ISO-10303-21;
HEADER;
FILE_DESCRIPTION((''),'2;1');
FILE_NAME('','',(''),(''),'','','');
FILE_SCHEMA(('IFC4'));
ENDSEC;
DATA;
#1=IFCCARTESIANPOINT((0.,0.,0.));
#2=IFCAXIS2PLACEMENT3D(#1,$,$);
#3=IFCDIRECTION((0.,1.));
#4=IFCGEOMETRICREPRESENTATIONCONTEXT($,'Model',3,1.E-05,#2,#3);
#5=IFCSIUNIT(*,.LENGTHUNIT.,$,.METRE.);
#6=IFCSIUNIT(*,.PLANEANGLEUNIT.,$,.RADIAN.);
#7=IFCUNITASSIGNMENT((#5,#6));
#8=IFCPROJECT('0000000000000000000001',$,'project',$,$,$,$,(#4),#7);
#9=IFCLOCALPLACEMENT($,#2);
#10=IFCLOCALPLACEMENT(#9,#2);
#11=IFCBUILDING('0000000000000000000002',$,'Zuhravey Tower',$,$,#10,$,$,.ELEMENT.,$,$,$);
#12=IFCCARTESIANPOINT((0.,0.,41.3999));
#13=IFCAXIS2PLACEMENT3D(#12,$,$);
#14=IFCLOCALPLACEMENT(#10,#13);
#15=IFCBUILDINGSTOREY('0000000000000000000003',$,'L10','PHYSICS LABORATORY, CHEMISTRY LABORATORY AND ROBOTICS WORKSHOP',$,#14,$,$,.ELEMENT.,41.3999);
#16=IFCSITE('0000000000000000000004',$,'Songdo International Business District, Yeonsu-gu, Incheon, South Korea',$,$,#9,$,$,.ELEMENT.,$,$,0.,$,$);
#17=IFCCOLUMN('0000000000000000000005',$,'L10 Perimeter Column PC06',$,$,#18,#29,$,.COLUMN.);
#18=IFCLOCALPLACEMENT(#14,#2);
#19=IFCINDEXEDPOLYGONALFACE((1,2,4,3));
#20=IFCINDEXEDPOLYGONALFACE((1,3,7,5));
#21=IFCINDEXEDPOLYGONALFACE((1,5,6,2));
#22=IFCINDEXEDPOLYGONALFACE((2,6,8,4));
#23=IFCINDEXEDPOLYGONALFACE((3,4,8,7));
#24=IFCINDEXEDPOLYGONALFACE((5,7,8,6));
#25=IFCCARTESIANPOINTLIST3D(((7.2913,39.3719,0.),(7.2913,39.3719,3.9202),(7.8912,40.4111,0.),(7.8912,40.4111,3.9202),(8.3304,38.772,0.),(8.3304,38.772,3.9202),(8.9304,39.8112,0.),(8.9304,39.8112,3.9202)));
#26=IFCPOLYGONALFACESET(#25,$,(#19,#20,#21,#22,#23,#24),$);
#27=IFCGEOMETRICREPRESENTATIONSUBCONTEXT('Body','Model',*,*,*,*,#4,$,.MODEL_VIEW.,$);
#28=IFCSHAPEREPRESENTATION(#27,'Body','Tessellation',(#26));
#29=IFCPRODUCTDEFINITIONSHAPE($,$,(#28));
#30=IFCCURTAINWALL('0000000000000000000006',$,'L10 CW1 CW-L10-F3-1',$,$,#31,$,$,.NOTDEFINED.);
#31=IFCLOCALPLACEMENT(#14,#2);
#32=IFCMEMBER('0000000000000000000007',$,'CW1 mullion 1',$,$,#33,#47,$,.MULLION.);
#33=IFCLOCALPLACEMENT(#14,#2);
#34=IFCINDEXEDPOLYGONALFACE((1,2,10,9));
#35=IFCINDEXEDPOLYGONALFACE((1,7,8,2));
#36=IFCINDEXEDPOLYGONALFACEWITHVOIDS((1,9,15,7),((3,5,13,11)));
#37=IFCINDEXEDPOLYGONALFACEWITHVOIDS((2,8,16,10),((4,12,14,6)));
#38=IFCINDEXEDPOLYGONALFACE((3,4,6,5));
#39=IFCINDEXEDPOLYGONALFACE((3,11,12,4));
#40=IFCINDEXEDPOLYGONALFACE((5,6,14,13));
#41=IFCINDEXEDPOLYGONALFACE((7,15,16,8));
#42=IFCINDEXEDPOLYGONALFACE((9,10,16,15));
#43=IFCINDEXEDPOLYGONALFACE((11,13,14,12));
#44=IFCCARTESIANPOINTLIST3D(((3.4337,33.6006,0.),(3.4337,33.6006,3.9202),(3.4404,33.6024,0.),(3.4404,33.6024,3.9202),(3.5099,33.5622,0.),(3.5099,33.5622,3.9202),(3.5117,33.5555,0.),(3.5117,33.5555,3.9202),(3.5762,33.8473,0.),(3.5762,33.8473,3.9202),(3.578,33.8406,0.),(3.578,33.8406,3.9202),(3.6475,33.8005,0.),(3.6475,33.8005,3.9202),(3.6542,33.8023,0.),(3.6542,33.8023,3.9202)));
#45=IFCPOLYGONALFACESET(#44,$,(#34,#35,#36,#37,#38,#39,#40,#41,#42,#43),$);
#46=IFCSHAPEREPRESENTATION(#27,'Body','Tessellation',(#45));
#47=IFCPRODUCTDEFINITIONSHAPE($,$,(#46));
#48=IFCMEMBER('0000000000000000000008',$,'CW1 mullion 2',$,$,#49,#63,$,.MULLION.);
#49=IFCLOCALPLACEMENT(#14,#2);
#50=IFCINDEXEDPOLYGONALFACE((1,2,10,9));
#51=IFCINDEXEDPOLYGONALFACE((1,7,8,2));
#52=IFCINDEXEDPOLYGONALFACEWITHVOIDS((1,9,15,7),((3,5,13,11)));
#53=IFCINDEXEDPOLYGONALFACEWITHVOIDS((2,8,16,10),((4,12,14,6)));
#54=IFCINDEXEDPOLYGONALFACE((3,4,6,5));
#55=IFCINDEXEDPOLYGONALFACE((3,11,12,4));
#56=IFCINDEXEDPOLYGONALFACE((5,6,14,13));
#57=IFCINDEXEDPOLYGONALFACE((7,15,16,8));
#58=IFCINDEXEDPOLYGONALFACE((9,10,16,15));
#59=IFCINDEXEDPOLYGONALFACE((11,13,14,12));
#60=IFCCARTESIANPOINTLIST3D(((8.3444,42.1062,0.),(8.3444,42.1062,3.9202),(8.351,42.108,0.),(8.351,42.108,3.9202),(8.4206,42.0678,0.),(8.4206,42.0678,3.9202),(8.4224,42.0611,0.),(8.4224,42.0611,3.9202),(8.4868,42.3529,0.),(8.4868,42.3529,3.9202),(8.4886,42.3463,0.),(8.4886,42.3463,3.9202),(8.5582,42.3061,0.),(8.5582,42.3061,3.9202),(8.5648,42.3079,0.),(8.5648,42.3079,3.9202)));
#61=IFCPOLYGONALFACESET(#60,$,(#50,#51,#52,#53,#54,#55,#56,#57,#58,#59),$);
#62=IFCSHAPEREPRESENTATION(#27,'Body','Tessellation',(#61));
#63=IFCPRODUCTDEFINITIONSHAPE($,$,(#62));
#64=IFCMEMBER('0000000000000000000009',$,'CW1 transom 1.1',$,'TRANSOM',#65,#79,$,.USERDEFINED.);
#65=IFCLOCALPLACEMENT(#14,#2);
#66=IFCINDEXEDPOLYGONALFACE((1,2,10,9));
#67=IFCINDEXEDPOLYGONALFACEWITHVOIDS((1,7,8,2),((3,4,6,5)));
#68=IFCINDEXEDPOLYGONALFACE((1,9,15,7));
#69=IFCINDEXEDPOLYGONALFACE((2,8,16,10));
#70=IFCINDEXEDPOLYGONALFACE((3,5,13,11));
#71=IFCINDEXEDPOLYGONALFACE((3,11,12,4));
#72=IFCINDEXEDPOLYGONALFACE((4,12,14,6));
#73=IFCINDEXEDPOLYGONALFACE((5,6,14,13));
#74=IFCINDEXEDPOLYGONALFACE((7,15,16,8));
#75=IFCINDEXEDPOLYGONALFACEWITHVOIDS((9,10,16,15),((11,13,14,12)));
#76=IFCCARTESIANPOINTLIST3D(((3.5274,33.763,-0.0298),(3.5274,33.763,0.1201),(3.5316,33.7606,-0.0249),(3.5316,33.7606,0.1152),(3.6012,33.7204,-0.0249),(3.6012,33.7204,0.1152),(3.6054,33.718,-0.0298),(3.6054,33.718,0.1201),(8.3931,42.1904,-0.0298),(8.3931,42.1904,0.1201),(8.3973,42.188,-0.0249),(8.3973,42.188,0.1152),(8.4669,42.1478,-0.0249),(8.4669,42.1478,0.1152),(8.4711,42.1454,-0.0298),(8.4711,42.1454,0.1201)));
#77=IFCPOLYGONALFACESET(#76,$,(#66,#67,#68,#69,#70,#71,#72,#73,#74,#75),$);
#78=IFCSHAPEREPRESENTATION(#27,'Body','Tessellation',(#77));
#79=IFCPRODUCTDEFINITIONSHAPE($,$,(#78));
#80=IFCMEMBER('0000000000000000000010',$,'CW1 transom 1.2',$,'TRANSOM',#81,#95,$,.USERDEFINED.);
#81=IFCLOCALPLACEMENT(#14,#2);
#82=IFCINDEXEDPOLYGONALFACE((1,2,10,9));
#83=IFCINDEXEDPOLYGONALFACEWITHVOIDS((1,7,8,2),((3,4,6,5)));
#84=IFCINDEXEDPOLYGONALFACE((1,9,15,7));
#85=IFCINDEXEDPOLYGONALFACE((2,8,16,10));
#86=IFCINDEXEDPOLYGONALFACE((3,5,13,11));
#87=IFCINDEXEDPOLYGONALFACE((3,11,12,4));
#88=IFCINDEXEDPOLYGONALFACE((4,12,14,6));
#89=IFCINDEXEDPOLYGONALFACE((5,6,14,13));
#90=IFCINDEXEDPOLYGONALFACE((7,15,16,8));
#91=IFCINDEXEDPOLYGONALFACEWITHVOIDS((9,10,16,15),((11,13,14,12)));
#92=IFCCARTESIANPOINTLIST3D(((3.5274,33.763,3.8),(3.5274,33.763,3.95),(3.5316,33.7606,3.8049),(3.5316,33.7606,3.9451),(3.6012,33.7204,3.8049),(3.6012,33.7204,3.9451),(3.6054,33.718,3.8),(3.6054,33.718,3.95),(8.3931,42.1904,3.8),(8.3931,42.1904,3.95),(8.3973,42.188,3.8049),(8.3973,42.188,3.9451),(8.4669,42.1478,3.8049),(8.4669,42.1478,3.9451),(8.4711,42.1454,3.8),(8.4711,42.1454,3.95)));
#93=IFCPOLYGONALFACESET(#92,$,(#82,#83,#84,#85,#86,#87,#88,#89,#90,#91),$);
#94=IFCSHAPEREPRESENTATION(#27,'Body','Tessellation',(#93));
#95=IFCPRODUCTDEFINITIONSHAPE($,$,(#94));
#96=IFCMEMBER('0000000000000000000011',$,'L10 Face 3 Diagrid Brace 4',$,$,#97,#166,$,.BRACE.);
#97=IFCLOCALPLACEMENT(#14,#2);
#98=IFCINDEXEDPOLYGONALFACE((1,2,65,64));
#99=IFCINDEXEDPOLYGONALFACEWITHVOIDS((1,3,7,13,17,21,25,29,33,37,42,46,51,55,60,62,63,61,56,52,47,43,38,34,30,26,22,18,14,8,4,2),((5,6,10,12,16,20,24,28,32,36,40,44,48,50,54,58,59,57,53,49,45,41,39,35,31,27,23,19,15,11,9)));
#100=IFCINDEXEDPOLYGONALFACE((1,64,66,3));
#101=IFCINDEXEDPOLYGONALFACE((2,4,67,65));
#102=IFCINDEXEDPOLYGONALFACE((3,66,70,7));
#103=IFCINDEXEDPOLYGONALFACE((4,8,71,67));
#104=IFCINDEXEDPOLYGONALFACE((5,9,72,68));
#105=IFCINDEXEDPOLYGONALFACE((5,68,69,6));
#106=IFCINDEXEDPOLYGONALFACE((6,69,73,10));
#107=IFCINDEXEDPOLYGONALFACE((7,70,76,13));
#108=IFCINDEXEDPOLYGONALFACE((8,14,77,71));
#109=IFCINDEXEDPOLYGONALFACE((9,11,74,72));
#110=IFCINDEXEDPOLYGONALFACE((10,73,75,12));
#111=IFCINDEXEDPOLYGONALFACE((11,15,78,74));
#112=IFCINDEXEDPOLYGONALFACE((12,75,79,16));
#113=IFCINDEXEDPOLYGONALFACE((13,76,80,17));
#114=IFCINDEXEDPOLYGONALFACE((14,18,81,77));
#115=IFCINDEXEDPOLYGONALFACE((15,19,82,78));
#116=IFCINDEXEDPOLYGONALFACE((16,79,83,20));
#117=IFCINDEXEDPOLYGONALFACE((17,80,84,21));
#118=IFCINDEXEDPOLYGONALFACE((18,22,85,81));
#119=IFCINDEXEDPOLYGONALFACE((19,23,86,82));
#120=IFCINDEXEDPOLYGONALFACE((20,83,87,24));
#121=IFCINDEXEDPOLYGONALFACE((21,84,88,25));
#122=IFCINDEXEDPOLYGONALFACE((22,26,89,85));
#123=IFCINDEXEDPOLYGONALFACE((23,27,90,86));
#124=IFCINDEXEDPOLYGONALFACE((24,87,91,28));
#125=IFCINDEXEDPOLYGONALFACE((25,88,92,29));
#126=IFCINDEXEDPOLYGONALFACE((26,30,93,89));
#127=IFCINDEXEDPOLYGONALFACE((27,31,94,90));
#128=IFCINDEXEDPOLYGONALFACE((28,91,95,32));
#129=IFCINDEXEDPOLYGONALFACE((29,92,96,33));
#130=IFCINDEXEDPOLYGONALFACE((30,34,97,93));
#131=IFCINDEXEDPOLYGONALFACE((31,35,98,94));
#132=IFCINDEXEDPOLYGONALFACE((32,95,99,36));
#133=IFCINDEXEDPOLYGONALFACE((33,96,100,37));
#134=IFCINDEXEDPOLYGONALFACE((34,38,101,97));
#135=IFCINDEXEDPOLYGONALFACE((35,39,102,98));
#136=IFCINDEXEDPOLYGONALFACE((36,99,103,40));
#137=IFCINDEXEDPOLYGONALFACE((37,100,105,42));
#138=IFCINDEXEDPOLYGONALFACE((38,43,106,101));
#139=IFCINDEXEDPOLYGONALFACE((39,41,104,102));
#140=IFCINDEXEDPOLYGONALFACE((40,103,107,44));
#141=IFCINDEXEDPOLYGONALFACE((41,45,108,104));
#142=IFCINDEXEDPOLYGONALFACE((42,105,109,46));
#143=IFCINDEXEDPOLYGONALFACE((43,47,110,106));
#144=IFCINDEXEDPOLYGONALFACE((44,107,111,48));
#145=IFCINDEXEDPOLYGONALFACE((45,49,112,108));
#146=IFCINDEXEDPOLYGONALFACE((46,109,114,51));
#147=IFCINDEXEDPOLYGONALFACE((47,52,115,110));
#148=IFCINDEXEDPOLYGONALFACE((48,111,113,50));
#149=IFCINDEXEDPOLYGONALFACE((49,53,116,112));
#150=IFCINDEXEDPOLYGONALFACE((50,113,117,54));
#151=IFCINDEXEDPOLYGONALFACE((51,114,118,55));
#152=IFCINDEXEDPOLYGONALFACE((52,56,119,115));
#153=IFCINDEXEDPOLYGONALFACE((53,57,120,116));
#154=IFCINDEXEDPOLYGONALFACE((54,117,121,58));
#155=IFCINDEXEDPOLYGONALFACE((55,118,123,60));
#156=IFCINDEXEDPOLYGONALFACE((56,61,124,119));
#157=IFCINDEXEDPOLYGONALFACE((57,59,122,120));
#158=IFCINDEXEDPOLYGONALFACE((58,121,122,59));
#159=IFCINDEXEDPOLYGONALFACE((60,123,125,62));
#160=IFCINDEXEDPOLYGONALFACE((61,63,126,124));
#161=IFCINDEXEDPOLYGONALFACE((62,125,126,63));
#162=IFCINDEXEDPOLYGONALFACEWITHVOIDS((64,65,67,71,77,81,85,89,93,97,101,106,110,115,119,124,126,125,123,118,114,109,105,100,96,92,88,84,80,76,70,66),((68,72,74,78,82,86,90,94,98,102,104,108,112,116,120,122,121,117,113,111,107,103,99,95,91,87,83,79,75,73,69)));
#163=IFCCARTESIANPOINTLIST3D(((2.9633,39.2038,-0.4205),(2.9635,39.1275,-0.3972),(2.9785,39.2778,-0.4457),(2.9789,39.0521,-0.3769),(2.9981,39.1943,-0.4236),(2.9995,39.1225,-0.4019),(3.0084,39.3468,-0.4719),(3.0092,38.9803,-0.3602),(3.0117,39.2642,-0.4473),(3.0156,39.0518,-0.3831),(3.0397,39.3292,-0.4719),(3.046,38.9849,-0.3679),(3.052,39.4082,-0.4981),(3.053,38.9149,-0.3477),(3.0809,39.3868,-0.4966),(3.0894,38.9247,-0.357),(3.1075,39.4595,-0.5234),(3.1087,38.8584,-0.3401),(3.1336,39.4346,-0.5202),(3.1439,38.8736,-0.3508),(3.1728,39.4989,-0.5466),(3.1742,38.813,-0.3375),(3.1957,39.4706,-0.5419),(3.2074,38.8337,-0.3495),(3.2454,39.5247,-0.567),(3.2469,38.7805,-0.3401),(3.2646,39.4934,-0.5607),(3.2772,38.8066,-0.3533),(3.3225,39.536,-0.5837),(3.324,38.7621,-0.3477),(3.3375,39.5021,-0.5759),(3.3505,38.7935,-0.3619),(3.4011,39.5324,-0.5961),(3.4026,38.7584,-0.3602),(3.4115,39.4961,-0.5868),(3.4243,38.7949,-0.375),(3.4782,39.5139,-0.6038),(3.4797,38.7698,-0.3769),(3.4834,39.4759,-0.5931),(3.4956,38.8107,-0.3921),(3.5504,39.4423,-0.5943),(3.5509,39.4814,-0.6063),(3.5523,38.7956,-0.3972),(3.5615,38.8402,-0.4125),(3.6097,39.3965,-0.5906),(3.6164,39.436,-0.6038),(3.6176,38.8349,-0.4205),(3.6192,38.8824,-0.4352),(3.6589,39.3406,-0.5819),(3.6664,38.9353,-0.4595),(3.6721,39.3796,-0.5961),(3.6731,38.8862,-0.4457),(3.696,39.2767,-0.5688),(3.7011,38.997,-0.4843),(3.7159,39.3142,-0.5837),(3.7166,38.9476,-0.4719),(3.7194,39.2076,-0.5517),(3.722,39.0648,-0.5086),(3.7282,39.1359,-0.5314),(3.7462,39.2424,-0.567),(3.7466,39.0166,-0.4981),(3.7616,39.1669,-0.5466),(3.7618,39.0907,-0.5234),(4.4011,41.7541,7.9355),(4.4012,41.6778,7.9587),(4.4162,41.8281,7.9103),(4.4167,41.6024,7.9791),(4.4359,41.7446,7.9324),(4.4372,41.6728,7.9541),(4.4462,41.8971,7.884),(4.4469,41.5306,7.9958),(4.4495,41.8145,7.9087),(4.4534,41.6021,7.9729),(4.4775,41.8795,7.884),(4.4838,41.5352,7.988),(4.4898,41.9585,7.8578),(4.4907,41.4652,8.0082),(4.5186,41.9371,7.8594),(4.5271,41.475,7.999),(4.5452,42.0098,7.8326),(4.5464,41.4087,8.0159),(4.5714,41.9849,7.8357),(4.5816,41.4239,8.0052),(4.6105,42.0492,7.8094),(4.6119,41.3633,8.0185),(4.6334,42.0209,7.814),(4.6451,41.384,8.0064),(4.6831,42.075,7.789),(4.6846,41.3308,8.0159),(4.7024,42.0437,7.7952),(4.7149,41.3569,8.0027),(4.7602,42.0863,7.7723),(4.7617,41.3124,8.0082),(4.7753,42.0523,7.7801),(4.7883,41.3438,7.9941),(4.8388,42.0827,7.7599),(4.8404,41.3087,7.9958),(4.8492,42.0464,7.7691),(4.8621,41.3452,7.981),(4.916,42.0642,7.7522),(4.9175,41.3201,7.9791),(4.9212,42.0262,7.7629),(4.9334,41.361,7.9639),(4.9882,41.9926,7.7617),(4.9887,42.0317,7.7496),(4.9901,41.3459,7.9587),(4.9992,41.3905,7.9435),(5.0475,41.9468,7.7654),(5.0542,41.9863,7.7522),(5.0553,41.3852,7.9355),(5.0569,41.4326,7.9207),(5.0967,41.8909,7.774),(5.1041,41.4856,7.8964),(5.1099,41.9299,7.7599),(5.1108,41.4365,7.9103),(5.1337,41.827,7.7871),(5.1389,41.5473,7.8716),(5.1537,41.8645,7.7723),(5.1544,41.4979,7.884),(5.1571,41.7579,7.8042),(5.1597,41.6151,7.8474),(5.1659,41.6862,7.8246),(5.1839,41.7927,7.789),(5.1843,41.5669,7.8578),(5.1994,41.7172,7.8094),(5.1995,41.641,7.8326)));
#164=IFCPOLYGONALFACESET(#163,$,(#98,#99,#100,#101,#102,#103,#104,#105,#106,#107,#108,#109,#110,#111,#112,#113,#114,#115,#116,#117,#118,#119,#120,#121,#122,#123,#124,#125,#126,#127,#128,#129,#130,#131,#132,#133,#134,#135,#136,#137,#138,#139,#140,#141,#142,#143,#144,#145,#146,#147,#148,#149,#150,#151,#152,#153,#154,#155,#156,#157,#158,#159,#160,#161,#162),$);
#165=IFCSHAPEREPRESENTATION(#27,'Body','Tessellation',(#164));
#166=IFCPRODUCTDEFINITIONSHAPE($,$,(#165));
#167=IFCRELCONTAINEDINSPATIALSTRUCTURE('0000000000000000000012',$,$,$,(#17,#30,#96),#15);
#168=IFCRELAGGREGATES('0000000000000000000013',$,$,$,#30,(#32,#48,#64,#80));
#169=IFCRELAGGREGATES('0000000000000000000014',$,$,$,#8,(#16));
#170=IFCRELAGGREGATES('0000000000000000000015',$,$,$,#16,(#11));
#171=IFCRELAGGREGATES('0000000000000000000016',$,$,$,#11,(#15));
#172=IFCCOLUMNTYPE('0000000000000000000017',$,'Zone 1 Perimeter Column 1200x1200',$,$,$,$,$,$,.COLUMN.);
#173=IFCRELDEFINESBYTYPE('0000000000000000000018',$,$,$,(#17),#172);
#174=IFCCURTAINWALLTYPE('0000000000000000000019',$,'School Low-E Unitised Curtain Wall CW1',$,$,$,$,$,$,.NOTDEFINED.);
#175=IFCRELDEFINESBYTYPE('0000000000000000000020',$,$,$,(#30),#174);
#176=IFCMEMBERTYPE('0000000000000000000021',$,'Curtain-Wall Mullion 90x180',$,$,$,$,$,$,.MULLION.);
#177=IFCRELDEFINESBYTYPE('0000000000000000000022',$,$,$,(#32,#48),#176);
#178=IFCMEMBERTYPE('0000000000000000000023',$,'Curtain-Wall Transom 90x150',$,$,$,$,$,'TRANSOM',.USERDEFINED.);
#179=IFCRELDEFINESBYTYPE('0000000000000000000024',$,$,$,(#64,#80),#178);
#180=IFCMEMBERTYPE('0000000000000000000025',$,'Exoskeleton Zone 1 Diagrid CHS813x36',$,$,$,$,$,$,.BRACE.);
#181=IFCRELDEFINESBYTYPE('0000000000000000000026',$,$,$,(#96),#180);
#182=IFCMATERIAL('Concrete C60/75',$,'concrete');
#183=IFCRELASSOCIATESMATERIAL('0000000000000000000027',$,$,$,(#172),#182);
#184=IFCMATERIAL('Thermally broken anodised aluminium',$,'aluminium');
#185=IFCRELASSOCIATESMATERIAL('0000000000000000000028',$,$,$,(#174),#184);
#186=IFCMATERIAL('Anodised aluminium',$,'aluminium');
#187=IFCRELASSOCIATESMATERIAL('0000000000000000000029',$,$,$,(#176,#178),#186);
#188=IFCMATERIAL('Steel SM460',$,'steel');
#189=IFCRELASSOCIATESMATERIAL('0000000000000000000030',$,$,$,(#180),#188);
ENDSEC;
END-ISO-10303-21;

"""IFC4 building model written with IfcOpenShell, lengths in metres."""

from ifc_helpers import new_model, si_unit, direction, frame, origin, origin_2d, place, context, subcontext, project, spatial, rectangle, hollow_rectangle, hollow_circle, extrude, material, material_profile, profile_set, type_object, element, aggregate, save


model = new_model("IFC4")

# Units and contexts
model_context = context("Model", 3, precision=1e-05, world=origin(), true_north=direction((0.0, 1.0)))
body_context = subcontext(model_context, "Body", "Model", "MODEL_VIEW")
ifc_project = project(units=[si_unit("LENGTHUNIT", "METRE"), si_unit("PLANEANGLEUNIT", "RADIAN")], contexts=[model_context])

# Site, building, storey
site_placement = place(None, origin())
site = spatial("IfcSite", under=ifc_project, at=site_placement, Name="Songdo International Business District, Yeonsu-gu, Incheon, South Korea", CompositionType="ELEMENT", RefElevation=0.0)
building_placement = place(site_placement, origin())
building = spatial("IfcBuilding", under=site, at=building_placement, Name="Zuhravey Tower", CompositionType="ELEMENT")
storey_placement = place(building_placement, frame((0.0, 0.0, 41.3999)))
storey = spatial("IfcBuildingStorey", under=building, at=storey_placement, Name="L10", Description="PHYSICS LABORATORY, CHEMISTRY LABORATORY AND ROBOTICS WORKSHOP", CompositionType="ELEMENT", Elevation=41.3999)

# Column
ifc_material_1 = material(Name="Concrete C60/75", Category="concrete")
ifc_material_profile_1 = material_profile(ifc_material_1, rectangle(XDim=1.2, YDim=1.2, at=origin_2d()), Name="RC-1200x1200")
ifc_profile_set_1 = profile_set([ifc_material_profile_1], Name="Concrete C60/75")
column_type = type_object("IfcColumnType", Name="Zone 1 Perimeter Column 1200x1200", PredefinedType="COLUMN", material=ifc_profile_set_1)
column_placement = place(storey_placement, frame((8.1108, 39.5916, 0.0), z_axis=(0.0, 0.0, 1.0), x_axis=(-0.5, -0.866025, 0.0)))
element("IfcColumn", 1, at=column_placement, inside=storey, type_object=column_type, Name="L10 Perimeter Column PC06", PredefinedType="COLUMN", context=body_context, shape_type="SweptSolid", body=[
    extrude(rectangle(XDim=1.2, YDim=1.2, at=origin_2d()), origin(), (0.0, 0.0, 1.0), 3.9202),
])

# Curtain wall, members
ifc_material_2 = material(Name="Thermally broken anodised aluminium", Category="aluminium")
curtain_wall_type = type_object("IfcCurtainWallType", Name="School Low-E Unitised Curtain Wall CW1", PredefinedType="NOTDEFINED", material=ifc_material_2)
curtain_wall_placement = place(storey_placement, origin())
curtain_wall = element("IfcCurtainWall", 2, at=curtain_wall_placement, inside=storey, type_object=curtain_wall_type, Name="L10 CW1 CW-L10-F3-1", PredefinedType="NOTDEFINED")
ifc_material_3 = material(Name="Anodised aluminium", Category="aluminium")
ifc_material_profile_2 = material_profile(ifc_material_3, hollow_rectangle(XDim=0.0901, YDim=0.2849, WallThickness=0.0049, at=origin_2d()), Name="ALU-RHS-90x285x5")
ifc_profile_set_2 = profile_set([ifc_material_profile_2], Name="Anodised aluminium")
member_type_1 = type_object("IfcMemberType", Name="Curtain-Wall Mullion 90x180", PredefinedType="MULLION", material=ifc_profile_set_2)
member_1_placement = place(storey_placement, frame((3.5439, 33.7014, 0.0), z_axis=(0.0, 0.0, 1.0), x_axis=(-0.866026, 0.5, 0.0)))
member_1 = element("IfcMember", 3, at=member_1_placement, type_object=member_type_1, Name="CW1 mullion 1", PredefinedType="MULLION", context=body_context, shape_type="SweptSolid", body=[
    extrude(hollow_rectangle(XDim=0.0901, YDim=0.2849, WallThickness=0.0049, at=origin_2d()), origin(), (0.0, 0.0, 1.0), 3.9202),
])
member_2_placement = place(storey_placement, frame((8.4546, 42.207, 0.0), z_axis=(0.0, 0.0, 1.0), x_axis=(-0.866026, 0.5, 0.0)))
member_2 = element("IfcMember", 4, at=member_2_placement, type_object=member_type_1, Name="CW1 mullion 2", PredefinedType="MULLION", context=body_context, shape_type="SweptSolid", body=[
    extrude(hollow_rectangle(XDim=0.0901, YDim=0.2849, WallThickness=0.0049, at=origin_2d()), origin(), (0.0, 0.0, 1.0), 3.9202),
])
ifc_material_profile_3 = material_profile(ifc_material_3, hollow_rectangle(XDim=0.0901, YDim=0.1499, WallThickness=0.0049, at=origin_2d()), Name="ALU-RHS-90x150x5")
ifc_profile_set_3 = profile_set([ifc_material_profile_3], Name="Anodised aluminium")
member_type_2 = type_object("IfcMemberType", Name="Curtain-Wall Transom 90x150", ElementType="TRANSOM", PredefinedType="USERDEFINED", material=ifc_profile_set_3)
member_3_placement = place(storey_placement, frame((3.5664, 33.7405, 0.0452), z_axis=(0.500008, 0.866021, 0.0), x_axis=(-0.866021, 0.500008, 0.0)))
member_3 = element("IfcMember", 5, at=member_3_placement, type_object=member_type_2, Name="CW1 transom 1.1", ObjectType="TRANSOM", PredefinedType="USERDEFINED", context=body_context, shape_type="SweptSolid", body=[
    extrude(hollow_rectangle(XDim=0.0901, YDim=0.1499, WallThickness=0.0049, at=origin_2d()), origin(), (0.0, 0.0, 1.0), 9.7312),
])
member_4_placement = place(storey_placement, frame((3.5664, 33.7405, 3.875), z_axis=(0.500008, 0.866021, 0.0), x_axis=(-0.866021, 0.500008, 0.0)))
member_4 = element("IfcMember", 6, at=member_4_placement, type_object=member_type_2, Name="CW1 transom 1.2", ObjectType="TRANSOM", PredefinedType="USERDEFINED", context=body_context, shape_type="SweptSolid", body=[
    extrude(hollow_rectangle(XDim=0.0901, YDim=0.1499, WallThickness=0.0049, at=origin_2d()), origin(), (0.0, 0.0, 1.0), 9.7312),
])

# Member
ifc_material_4 = material(Name="Steel SM460", Category="steel")
ifc_material_profile_4 = material_profile(ifc_material_4, hollow_circle(Radius=0.4065, WallThickness=0.0359, at=origin_2d()), Name="CHS-812.8x36")
ifc_profile_set_4 = profile_set([ifc_material_profile_4], Name="Steel SM460")
member_type_3 = type_object("IfcMemberType", Name="Exoskeleton Zone 1 Diagrid CHS813x36", PredefinedType="BRACE", material=ifc_profile_set_4)
member_5_placement = place(storey_placement, frame((3.3625, 39.1472, -0.4719), z_axis=(0.162384, 0.288039, 0.943751), x_axis=(-0.871107, 0.491092, 0.0)))
element("IfcMember", 7, at=member_5_placement, inside=storey, type_object=member_type_3, Name="L10 Face 3 Diagrid Brace 4", PredefinedType="BRACE", context=body_context, shape_type="SweptSolid", body=[
    extrude(hollow_circle(Radius=0.4065, WallThickness=0.0359, at=origin_2d()), origin(), (0.0, 0.0, 1.0), 8.854),
])

aggregate(curtain_wall, [member_1, member_2, member_3, member_4])

save(model, "model.ifc")
